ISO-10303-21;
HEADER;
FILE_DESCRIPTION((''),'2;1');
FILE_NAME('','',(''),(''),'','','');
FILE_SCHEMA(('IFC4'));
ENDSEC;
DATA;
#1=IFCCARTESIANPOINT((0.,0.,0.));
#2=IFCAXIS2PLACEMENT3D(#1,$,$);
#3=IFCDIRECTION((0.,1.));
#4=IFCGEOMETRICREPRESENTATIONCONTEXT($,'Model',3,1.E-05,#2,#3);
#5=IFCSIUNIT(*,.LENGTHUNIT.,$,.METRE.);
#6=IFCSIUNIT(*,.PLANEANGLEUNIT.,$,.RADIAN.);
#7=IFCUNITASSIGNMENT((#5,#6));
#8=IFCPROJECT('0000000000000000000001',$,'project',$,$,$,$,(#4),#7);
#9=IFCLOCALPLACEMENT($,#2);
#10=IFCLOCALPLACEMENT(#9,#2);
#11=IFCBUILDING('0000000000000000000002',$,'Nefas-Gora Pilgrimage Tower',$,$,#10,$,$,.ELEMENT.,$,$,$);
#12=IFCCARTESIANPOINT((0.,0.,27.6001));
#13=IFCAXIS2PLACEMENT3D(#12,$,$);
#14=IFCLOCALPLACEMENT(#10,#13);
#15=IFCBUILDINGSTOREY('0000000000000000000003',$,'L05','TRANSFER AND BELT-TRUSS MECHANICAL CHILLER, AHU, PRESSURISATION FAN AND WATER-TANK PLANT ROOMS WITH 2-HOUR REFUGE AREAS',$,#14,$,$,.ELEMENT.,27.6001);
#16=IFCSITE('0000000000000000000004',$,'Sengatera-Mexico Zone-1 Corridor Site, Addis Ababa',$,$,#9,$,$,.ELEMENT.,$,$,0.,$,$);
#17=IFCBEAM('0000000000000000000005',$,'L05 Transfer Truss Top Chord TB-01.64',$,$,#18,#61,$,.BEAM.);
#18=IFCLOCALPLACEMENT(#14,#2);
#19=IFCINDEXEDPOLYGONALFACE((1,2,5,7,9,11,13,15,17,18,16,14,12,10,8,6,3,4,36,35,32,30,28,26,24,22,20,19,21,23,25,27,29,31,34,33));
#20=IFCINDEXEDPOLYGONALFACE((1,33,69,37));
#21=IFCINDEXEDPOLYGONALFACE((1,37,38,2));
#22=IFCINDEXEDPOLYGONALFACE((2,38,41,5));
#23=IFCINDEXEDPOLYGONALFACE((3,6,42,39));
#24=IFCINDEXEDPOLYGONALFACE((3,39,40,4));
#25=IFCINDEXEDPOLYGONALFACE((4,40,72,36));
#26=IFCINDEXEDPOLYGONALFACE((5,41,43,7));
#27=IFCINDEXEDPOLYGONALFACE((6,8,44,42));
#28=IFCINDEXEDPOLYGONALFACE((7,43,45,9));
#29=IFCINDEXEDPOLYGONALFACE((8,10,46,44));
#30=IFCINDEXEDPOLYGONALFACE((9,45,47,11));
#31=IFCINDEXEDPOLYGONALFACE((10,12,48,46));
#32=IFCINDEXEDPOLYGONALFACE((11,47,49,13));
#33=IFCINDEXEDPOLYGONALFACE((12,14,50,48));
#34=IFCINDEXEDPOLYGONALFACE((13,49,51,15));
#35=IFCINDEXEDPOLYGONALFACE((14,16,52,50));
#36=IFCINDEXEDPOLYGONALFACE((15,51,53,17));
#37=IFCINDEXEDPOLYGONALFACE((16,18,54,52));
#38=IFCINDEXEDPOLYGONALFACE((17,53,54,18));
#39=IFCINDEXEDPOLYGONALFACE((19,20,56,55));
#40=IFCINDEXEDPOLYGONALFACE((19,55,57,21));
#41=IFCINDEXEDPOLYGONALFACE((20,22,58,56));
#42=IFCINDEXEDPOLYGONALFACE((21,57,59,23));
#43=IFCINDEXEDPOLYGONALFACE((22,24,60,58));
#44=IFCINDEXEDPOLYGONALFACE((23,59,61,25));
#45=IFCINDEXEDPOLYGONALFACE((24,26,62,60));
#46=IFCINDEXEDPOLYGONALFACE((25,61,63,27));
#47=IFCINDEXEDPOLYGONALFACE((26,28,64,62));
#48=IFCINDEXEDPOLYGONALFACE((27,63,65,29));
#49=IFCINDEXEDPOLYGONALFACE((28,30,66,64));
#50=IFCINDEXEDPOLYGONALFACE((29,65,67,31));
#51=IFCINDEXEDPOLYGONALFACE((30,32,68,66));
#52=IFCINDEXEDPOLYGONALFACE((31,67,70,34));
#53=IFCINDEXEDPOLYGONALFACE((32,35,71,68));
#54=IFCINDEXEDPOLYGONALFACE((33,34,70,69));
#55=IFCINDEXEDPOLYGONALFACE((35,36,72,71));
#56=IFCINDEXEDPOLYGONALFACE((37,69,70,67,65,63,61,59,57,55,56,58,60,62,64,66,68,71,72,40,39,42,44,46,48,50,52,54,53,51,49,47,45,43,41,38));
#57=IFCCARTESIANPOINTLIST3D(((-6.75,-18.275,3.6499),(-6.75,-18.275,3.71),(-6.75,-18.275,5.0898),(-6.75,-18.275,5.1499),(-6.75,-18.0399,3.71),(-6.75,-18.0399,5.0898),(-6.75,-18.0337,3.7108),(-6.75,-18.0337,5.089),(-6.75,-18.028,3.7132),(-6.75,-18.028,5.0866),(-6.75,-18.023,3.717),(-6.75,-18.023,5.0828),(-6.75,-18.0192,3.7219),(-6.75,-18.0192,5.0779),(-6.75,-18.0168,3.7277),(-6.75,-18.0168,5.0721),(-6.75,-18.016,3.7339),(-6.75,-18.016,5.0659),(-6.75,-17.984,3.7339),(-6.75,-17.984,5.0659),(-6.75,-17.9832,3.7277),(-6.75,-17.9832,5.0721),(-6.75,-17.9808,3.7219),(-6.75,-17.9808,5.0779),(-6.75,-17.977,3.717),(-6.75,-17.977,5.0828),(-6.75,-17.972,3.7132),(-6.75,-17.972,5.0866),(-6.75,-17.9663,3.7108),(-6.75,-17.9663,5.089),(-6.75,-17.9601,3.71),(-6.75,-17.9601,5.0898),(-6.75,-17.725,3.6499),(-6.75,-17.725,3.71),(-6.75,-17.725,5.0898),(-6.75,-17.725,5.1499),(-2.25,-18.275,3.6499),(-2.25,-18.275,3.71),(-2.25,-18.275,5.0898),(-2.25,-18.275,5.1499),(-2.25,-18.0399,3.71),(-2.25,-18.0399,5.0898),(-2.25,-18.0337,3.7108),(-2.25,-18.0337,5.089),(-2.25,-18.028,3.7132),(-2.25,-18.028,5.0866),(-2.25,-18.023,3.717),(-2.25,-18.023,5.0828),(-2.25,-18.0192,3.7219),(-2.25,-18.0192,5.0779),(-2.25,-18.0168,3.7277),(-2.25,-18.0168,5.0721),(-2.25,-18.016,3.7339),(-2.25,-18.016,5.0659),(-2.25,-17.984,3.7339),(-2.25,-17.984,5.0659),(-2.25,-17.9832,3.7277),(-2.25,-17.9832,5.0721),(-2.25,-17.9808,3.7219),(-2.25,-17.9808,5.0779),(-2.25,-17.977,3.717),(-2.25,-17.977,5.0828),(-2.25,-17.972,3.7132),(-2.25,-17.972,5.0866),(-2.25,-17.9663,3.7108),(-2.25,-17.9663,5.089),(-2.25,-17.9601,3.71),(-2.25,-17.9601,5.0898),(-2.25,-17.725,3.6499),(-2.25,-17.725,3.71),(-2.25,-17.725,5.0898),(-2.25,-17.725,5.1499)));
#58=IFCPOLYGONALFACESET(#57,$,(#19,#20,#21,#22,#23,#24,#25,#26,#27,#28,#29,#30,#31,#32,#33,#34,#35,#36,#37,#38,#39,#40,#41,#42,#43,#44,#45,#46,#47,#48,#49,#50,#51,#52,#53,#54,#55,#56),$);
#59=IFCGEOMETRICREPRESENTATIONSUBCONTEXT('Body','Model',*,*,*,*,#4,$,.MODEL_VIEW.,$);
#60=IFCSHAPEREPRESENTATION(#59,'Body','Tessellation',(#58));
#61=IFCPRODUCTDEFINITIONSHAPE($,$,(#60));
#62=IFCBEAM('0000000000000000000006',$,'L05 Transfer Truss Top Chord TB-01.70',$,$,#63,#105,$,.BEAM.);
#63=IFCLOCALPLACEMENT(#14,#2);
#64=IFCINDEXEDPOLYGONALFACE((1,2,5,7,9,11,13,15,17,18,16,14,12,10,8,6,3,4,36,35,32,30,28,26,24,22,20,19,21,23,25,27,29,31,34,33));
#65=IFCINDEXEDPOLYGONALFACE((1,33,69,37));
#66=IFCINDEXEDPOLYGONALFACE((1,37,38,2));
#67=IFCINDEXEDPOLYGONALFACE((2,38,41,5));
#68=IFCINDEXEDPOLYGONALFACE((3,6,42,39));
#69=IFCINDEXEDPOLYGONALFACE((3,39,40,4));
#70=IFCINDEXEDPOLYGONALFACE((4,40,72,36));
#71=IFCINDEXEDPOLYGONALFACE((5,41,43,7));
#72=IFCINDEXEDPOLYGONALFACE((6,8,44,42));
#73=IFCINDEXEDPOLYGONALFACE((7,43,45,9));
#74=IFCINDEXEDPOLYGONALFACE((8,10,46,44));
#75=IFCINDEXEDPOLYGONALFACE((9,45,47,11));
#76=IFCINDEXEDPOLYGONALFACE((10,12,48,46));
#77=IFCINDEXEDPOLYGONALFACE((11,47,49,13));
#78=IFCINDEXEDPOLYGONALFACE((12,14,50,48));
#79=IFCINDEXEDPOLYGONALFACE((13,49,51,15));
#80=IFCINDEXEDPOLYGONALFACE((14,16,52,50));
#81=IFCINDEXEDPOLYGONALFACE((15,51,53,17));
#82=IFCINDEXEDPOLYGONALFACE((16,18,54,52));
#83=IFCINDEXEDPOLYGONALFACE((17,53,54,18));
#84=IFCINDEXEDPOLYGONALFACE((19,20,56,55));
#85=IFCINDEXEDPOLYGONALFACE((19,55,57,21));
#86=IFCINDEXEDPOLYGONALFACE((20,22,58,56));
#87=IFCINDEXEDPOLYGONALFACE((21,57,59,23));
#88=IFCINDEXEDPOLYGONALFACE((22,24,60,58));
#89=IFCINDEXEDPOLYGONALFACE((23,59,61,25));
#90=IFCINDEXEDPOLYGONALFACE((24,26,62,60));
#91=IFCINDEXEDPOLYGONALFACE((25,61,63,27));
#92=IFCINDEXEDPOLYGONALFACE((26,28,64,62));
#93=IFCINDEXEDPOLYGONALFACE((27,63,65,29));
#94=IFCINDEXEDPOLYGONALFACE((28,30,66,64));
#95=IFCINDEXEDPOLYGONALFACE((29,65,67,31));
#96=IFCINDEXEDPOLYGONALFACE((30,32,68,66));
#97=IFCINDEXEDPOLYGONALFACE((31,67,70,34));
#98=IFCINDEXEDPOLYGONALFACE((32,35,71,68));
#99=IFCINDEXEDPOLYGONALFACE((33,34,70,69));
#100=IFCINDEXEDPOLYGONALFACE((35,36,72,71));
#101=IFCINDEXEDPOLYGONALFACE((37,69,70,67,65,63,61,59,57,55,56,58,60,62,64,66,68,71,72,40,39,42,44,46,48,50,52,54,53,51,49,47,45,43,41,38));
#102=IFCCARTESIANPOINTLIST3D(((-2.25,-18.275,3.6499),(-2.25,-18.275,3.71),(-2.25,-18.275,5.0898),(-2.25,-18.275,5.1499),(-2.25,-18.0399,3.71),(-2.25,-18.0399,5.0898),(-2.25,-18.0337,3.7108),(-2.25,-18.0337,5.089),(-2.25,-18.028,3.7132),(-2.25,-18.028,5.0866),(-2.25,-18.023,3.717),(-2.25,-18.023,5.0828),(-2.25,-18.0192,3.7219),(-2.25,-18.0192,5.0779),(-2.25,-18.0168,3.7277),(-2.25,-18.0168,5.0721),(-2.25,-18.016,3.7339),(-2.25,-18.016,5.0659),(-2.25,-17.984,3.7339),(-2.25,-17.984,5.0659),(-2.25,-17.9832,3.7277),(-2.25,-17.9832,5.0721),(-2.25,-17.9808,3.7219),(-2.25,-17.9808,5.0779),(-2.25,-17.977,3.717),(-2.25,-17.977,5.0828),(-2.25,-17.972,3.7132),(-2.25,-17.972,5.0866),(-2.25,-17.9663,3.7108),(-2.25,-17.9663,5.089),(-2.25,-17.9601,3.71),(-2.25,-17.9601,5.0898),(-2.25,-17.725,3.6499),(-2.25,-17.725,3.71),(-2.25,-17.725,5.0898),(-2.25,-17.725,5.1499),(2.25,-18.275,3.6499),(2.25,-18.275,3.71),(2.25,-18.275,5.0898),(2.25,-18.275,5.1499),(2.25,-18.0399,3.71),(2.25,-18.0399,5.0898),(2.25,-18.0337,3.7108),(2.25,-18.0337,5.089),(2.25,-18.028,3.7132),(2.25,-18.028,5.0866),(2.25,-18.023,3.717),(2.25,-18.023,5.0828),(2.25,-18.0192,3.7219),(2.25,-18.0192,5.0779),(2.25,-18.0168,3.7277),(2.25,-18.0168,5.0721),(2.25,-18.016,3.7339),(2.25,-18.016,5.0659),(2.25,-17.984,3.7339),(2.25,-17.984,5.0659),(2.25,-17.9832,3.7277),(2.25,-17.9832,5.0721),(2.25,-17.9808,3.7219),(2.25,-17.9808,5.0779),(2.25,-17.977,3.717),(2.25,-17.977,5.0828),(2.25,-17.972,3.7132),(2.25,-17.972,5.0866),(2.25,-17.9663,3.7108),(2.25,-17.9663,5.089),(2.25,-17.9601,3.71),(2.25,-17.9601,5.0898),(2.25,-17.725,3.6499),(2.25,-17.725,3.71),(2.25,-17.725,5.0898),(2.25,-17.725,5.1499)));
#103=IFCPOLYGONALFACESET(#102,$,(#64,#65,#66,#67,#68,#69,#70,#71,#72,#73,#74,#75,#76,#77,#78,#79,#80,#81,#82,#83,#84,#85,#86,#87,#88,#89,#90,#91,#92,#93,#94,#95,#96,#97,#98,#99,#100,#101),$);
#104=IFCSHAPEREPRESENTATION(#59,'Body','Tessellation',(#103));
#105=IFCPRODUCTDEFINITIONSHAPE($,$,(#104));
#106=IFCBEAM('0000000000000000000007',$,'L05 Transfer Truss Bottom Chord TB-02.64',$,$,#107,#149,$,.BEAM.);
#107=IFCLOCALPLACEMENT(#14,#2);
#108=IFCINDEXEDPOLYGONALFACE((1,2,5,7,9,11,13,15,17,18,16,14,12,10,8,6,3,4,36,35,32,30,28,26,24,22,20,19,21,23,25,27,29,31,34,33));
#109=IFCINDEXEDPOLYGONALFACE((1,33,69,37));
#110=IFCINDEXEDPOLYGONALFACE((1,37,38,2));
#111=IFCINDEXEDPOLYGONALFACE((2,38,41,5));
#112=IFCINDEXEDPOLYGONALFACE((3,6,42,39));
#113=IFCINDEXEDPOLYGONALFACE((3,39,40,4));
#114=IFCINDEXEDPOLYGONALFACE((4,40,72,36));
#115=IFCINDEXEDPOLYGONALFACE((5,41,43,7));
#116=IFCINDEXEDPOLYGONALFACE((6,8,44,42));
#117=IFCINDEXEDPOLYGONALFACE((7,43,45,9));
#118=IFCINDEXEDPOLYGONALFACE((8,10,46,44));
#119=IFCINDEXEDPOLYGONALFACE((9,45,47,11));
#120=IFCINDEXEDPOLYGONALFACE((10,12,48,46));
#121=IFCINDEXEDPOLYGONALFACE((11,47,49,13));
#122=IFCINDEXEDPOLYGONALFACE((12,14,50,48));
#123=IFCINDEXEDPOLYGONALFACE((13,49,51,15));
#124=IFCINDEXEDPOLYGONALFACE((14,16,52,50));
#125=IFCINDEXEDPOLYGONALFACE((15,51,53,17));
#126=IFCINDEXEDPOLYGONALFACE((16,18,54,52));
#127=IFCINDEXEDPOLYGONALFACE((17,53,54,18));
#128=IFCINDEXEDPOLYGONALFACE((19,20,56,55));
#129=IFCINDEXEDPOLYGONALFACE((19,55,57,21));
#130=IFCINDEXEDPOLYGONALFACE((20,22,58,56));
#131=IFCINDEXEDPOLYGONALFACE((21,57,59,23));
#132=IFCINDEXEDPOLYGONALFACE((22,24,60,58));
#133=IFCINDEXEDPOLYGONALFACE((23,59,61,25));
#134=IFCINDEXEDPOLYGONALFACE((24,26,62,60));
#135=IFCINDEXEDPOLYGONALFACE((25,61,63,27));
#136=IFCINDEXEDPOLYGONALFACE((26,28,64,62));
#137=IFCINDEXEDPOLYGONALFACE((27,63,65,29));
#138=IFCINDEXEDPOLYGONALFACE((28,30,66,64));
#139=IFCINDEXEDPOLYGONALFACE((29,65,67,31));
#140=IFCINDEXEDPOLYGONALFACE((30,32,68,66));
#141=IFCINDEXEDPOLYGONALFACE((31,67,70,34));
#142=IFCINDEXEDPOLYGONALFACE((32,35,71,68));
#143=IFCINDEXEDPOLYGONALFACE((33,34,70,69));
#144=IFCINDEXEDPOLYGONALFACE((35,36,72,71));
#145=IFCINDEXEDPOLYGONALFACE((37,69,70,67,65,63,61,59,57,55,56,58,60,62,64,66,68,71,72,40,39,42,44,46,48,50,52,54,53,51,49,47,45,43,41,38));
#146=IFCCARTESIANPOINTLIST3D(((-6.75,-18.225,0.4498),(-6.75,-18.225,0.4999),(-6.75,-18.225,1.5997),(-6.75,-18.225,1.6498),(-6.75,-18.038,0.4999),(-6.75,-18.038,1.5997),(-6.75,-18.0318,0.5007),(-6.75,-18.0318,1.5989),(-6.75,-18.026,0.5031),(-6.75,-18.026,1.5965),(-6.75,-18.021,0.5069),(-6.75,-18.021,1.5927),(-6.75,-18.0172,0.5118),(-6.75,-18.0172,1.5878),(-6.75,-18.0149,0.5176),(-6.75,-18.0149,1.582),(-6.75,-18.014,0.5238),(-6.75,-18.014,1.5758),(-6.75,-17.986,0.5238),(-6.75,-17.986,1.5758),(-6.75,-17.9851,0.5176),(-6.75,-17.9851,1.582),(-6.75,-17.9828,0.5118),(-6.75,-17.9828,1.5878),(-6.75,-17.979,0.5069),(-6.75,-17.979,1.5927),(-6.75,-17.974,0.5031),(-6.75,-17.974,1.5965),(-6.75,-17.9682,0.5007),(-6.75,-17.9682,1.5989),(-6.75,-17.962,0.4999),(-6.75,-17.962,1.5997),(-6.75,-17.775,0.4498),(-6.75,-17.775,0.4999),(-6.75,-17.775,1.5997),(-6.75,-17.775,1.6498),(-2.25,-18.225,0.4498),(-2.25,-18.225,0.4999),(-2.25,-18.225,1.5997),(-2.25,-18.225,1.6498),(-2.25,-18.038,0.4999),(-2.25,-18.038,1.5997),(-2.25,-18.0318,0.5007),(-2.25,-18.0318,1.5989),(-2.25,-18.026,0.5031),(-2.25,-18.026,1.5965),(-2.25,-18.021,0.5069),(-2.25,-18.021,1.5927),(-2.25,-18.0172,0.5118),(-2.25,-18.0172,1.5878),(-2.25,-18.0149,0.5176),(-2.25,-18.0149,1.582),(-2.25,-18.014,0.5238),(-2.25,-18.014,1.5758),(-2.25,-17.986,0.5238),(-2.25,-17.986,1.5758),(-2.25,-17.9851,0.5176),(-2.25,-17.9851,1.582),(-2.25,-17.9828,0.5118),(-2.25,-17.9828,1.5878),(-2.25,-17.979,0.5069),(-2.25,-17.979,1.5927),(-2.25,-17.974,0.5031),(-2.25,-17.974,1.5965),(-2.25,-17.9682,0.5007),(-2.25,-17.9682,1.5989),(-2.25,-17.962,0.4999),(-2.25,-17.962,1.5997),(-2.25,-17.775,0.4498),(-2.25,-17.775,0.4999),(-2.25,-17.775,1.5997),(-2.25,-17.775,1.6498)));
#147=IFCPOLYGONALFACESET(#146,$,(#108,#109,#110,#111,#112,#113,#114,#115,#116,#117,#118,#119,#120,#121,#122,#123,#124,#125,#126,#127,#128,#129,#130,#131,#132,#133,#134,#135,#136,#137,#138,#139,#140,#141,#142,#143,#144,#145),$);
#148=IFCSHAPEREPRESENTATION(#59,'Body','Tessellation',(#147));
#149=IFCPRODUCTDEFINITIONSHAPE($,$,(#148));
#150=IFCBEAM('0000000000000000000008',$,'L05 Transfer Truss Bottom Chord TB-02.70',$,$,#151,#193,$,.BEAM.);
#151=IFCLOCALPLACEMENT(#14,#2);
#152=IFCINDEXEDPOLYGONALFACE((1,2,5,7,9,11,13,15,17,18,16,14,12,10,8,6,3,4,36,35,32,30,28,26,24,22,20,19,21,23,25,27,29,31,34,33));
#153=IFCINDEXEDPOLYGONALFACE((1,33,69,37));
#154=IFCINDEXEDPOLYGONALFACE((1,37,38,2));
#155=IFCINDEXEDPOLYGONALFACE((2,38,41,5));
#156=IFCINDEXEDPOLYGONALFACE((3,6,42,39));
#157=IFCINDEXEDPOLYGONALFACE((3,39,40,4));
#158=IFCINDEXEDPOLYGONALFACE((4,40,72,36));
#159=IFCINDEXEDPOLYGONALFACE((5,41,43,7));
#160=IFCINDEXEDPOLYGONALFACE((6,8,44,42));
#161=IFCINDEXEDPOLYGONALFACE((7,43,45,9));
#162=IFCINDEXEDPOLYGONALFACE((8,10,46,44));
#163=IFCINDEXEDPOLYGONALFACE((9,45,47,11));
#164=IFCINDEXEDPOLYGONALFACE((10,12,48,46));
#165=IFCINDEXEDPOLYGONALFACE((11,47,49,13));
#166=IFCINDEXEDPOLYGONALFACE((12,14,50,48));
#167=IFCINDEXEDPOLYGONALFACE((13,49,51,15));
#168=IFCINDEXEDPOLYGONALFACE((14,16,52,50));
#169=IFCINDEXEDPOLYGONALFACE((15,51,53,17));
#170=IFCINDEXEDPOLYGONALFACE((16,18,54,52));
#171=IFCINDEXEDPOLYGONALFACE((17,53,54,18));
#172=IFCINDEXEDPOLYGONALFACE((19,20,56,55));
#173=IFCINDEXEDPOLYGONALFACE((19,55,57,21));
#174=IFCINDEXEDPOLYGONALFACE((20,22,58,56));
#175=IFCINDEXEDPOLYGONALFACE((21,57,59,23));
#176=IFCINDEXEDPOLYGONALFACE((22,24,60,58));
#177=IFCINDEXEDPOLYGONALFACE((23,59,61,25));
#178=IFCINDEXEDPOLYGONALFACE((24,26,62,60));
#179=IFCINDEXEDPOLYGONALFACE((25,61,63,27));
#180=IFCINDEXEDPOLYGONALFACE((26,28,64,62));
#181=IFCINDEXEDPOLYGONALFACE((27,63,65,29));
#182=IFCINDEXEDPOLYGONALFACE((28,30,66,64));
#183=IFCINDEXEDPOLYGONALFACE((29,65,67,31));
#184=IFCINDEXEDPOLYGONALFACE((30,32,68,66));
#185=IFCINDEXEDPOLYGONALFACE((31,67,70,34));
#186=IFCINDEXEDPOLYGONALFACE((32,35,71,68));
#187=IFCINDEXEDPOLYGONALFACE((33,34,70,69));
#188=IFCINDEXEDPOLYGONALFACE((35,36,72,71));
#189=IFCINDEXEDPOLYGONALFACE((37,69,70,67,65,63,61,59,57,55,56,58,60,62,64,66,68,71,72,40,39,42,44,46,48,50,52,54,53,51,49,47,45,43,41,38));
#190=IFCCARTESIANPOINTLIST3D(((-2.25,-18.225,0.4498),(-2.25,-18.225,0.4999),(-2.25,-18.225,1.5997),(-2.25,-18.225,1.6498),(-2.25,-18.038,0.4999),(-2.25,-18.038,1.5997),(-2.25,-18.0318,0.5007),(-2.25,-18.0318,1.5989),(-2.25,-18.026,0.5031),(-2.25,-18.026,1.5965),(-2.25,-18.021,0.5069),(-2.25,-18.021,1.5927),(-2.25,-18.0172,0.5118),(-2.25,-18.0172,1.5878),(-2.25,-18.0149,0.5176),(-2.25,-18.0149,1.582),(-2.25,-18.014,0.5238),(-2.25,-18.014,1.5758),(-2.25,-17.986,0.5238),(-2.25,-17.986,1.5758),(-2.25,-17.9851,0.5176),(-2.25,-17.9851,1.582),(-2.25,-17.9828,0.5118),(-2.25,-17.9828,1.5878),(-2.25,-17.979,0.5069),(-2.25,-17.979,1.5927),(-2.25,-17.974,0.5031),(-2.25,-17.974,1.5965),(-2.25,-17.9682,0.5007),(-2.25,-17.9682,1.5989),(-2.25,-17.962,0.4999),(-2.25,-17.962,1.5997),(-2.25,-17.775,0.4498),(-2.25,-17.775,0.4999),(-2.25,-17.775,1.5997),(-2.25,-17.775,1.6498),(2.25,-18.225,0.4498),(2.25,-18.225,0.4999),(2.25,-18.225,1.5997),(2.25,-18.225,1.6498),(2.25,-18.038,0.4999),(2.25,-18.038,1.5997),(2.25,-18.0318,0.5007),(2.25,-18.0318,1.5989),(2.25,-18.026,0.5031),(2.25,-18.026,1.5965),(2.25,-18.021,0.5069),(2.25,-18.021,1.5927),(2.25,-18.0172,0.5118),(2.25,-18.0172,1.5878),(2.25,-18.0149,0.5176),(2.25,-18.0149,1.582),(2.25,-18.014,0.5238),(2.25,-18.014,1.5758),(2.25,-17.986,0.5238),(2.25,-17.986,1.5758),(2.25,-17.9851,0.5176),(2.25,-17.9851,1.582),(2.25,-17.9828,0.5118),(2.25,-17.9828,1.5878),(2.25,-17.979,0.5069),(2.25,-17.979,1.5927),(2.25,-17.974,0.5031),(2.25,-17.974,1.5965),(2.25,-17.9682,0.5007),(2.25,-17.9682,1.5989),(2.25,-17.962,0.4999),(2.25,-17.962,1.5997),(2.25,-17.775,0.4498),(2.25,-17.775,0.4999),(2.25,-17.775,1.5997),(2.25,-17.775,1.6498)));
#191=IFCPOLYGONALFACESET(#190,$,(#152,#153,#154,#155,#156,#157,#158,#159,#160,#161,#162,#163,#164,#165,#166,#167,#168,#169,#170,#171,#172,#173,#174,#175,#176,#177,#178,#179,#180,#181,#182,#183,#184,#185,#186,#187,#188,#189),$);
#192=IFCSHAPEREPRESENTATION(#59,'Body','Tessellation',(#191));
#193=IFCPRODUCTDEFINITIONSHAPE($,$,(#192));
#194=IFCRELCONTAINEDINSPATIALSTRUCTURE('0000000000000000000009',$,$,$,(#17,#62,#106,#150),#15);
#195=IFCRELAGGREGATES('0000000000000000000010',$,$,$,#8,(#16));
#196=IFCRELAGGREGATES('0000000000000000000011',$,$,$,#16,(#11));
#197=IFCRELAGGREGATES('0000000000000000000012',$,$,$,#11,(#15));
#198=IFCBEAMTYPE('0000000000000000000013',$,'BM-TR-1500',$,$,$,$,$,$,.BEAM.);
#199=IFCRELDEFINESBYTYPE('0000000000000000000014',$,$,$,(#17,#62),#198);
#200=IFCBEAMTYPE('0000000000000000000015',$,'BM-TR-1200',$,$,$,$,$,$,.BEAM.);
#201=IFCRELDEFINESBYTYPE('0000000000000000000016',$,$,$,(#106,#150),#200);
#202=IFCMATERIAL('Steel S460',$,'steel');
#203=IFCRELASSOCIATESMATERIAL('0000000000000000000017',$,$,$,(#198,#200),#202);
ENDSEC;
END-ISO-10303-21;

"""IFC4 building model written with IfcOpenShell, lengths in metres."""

from ifc_helpers import new_model, si_unit, direction, frame, origin, origin_2d, place, context, subcontext, project, spatial, i_section, extrude, source, transform, mapped, material, material_profile, profile_set, type_object, element, save


model = new_model("IFC4")

# Units and contexts
model_context = context("Model", 3, precision=1e-05, world=origin(), true_north=direction((0.0, 1.0)))
body_context = subcontext(model_context, "Body", "Model", "MODEL_VIEW")
ifc_project = project(units=[si_unit("LENGTHUNIT", "METRE"), si_unit("PLANEANGLEUNIT", "RADIAN")], contexts=[model_context])

# Site, building, storey
site_placement = place(None, origin())
site = spatial("IfcSite", under=ifc_project, at=site_placement, Name="Sengatera-Mexico Zone-1 Corridor Site, Addis Ababa", CompositionType="ELEMENT", RefElevation=0.0)
building_placement = place(site_placement, origin())
building = spatial("IfcBuilding", under=site, at=building_placement, Name="Nefas-Gora Pilgrimage Tower", CompositionType="ELEMENT")
storey_placement = place(building_placement, frame((0.0, 0.0, 27.6001)))
storey = spatial("IfcBuildingStorey", under=building, at=storey_placement, Name="L05", Description="TRANSFER AND BELT-TRUSS MECHANICAL CHILLER, AHU, PRESSURISATION FAN AND WATER-TANK PLANT ROOMS WITH 2-HOUR REFUGE AREAS", CompositionType="ELEMENT", Elevation=27.6001)

# Shared definitions
ifc_material_1 = material(Name="Steel S460", Category="steel")

# Beams
ifc_material_profile_1 = material_profile(ifc_material_1, i_section(OverallWidth=0.55, OverallDepth=1.5, WebThickness=0.032, FlangeThickness=0.0601, FilletRadius=0.0239, at=origin_2d()), Name="WPG 1500x550x32x60")
ifc_profile_set_1 = profile_set([ifc_material_profile_1], Name="Steel S460")
beam_type_1 = type_object("IfcBeamType", Name="BM-TR-1500", PredefinedType="BEAM", material=ifc_profile_set_1)
shared_shape_1 = source(origin(), body_context, "Body", "SweptSolid", [
    extrude(i_section(OverallWidth=0.55, OverallDepth=1.5, WebThickness=0.032, FlangeThickness=0.0601, FilletRadius=0.0239, at=origin_2d()), origin(), (0.0, 0.0, 1.0), 4.5),
])
for number, where, z_axis, x_axis, name in (
    (1, (-6.75, -18.0, 4.3999), (1.0, 0.0, 0.0), (0.0, 1.0, 0.0), "L05 Transfer Truss Top Chord TB-01.64"),
    (2, (-2.25, -18.0, 4.3999), (1.0, 0.0, 0.0), (0.0, 1.0, 0.0), "L05 Transfer Truss Top Chord TB-01.70"),
):
    element("IfcBeam", number, at=place(storey_placement, frame(where, z_axis=z_axis, x_axis=x_axis)), inside=storey, type_object=beam_type_1, Name=name, PredefinedType="BEAM", context=body_context, shape_type="MappedRepresentation", body=[
        mapped(shared_shape_1, transform((0.0, 0.0, 0.0), x_axis=(1.0, 0.0, 0.0), y_axis=(0.0, 1.0, 0.0), z_axis=(0.0, 0.0, 1.0), scale=1.0)),
    ])
ifc_material_profile_2 = material_profile(ifc_material_1, i_section(OverallWidth=0.45, OverallDepth=1.2, WebThickness=0.0281, FlangeThickness=0.05, FilletRadius=0.0239, at=origin_2d()), Name="WPG 1200x450x28x50")
ifc_profile_set_2 = profile_set([ifc_material_profile_2], Name="Steel S460")
beam_type_2 = type_object("IfcBeamType", Name="BM-TR-1200", PredefinedType="BEAM", material=ifc_profile_set_2)
shared_shape_2 = source(origin(), body_context, "Body", "SweptSolid", [
    extrude(i_section(OverallWidth=0.45, OverallDepth=1.2, WebThickness=0.0281, FlangeThickness=0.05, FilletRadius=0.0239, at=origin_2d()), origin(), (0.0, 0.0, 1.0), 4.5),
])
for number, where, z_axis, x_axis, name in (
    (3, (-6.75, -18.0, 1.0498), (1.0, 0.0, 0.0), (0.0, 1.0, 0.0), "L05 Transfer Truss Bottom Chord TB-02.64"),
    (4, (-2.25, -18.0, 1.0498), (1.0, 0.0, 0.0), (0.0, 1.0, 0.0), "L05 Transfer Truss Bottom Chord TB-02.70"),
):
    element("IfcBeam", number, at=place(storey_placement, frame(where, z_axis=z_axis, x_axis=x_axis)), inside=storey, type_object=beam_type_2, Name=name, PredefinedType="BEAM", context=body_context, shape_type="MappedRepresentation", body=[
        mapped(shared_shape_2, transform((0.0, 0.0, 0.0), x_axis=(1.0, 0.0, 0.0), y_axis=(0.0, 1.0, 0.0), z_axis=(0.0, 0.0, 1.0), scale=1.0)),
    ])

save(model, "model.ifc")
